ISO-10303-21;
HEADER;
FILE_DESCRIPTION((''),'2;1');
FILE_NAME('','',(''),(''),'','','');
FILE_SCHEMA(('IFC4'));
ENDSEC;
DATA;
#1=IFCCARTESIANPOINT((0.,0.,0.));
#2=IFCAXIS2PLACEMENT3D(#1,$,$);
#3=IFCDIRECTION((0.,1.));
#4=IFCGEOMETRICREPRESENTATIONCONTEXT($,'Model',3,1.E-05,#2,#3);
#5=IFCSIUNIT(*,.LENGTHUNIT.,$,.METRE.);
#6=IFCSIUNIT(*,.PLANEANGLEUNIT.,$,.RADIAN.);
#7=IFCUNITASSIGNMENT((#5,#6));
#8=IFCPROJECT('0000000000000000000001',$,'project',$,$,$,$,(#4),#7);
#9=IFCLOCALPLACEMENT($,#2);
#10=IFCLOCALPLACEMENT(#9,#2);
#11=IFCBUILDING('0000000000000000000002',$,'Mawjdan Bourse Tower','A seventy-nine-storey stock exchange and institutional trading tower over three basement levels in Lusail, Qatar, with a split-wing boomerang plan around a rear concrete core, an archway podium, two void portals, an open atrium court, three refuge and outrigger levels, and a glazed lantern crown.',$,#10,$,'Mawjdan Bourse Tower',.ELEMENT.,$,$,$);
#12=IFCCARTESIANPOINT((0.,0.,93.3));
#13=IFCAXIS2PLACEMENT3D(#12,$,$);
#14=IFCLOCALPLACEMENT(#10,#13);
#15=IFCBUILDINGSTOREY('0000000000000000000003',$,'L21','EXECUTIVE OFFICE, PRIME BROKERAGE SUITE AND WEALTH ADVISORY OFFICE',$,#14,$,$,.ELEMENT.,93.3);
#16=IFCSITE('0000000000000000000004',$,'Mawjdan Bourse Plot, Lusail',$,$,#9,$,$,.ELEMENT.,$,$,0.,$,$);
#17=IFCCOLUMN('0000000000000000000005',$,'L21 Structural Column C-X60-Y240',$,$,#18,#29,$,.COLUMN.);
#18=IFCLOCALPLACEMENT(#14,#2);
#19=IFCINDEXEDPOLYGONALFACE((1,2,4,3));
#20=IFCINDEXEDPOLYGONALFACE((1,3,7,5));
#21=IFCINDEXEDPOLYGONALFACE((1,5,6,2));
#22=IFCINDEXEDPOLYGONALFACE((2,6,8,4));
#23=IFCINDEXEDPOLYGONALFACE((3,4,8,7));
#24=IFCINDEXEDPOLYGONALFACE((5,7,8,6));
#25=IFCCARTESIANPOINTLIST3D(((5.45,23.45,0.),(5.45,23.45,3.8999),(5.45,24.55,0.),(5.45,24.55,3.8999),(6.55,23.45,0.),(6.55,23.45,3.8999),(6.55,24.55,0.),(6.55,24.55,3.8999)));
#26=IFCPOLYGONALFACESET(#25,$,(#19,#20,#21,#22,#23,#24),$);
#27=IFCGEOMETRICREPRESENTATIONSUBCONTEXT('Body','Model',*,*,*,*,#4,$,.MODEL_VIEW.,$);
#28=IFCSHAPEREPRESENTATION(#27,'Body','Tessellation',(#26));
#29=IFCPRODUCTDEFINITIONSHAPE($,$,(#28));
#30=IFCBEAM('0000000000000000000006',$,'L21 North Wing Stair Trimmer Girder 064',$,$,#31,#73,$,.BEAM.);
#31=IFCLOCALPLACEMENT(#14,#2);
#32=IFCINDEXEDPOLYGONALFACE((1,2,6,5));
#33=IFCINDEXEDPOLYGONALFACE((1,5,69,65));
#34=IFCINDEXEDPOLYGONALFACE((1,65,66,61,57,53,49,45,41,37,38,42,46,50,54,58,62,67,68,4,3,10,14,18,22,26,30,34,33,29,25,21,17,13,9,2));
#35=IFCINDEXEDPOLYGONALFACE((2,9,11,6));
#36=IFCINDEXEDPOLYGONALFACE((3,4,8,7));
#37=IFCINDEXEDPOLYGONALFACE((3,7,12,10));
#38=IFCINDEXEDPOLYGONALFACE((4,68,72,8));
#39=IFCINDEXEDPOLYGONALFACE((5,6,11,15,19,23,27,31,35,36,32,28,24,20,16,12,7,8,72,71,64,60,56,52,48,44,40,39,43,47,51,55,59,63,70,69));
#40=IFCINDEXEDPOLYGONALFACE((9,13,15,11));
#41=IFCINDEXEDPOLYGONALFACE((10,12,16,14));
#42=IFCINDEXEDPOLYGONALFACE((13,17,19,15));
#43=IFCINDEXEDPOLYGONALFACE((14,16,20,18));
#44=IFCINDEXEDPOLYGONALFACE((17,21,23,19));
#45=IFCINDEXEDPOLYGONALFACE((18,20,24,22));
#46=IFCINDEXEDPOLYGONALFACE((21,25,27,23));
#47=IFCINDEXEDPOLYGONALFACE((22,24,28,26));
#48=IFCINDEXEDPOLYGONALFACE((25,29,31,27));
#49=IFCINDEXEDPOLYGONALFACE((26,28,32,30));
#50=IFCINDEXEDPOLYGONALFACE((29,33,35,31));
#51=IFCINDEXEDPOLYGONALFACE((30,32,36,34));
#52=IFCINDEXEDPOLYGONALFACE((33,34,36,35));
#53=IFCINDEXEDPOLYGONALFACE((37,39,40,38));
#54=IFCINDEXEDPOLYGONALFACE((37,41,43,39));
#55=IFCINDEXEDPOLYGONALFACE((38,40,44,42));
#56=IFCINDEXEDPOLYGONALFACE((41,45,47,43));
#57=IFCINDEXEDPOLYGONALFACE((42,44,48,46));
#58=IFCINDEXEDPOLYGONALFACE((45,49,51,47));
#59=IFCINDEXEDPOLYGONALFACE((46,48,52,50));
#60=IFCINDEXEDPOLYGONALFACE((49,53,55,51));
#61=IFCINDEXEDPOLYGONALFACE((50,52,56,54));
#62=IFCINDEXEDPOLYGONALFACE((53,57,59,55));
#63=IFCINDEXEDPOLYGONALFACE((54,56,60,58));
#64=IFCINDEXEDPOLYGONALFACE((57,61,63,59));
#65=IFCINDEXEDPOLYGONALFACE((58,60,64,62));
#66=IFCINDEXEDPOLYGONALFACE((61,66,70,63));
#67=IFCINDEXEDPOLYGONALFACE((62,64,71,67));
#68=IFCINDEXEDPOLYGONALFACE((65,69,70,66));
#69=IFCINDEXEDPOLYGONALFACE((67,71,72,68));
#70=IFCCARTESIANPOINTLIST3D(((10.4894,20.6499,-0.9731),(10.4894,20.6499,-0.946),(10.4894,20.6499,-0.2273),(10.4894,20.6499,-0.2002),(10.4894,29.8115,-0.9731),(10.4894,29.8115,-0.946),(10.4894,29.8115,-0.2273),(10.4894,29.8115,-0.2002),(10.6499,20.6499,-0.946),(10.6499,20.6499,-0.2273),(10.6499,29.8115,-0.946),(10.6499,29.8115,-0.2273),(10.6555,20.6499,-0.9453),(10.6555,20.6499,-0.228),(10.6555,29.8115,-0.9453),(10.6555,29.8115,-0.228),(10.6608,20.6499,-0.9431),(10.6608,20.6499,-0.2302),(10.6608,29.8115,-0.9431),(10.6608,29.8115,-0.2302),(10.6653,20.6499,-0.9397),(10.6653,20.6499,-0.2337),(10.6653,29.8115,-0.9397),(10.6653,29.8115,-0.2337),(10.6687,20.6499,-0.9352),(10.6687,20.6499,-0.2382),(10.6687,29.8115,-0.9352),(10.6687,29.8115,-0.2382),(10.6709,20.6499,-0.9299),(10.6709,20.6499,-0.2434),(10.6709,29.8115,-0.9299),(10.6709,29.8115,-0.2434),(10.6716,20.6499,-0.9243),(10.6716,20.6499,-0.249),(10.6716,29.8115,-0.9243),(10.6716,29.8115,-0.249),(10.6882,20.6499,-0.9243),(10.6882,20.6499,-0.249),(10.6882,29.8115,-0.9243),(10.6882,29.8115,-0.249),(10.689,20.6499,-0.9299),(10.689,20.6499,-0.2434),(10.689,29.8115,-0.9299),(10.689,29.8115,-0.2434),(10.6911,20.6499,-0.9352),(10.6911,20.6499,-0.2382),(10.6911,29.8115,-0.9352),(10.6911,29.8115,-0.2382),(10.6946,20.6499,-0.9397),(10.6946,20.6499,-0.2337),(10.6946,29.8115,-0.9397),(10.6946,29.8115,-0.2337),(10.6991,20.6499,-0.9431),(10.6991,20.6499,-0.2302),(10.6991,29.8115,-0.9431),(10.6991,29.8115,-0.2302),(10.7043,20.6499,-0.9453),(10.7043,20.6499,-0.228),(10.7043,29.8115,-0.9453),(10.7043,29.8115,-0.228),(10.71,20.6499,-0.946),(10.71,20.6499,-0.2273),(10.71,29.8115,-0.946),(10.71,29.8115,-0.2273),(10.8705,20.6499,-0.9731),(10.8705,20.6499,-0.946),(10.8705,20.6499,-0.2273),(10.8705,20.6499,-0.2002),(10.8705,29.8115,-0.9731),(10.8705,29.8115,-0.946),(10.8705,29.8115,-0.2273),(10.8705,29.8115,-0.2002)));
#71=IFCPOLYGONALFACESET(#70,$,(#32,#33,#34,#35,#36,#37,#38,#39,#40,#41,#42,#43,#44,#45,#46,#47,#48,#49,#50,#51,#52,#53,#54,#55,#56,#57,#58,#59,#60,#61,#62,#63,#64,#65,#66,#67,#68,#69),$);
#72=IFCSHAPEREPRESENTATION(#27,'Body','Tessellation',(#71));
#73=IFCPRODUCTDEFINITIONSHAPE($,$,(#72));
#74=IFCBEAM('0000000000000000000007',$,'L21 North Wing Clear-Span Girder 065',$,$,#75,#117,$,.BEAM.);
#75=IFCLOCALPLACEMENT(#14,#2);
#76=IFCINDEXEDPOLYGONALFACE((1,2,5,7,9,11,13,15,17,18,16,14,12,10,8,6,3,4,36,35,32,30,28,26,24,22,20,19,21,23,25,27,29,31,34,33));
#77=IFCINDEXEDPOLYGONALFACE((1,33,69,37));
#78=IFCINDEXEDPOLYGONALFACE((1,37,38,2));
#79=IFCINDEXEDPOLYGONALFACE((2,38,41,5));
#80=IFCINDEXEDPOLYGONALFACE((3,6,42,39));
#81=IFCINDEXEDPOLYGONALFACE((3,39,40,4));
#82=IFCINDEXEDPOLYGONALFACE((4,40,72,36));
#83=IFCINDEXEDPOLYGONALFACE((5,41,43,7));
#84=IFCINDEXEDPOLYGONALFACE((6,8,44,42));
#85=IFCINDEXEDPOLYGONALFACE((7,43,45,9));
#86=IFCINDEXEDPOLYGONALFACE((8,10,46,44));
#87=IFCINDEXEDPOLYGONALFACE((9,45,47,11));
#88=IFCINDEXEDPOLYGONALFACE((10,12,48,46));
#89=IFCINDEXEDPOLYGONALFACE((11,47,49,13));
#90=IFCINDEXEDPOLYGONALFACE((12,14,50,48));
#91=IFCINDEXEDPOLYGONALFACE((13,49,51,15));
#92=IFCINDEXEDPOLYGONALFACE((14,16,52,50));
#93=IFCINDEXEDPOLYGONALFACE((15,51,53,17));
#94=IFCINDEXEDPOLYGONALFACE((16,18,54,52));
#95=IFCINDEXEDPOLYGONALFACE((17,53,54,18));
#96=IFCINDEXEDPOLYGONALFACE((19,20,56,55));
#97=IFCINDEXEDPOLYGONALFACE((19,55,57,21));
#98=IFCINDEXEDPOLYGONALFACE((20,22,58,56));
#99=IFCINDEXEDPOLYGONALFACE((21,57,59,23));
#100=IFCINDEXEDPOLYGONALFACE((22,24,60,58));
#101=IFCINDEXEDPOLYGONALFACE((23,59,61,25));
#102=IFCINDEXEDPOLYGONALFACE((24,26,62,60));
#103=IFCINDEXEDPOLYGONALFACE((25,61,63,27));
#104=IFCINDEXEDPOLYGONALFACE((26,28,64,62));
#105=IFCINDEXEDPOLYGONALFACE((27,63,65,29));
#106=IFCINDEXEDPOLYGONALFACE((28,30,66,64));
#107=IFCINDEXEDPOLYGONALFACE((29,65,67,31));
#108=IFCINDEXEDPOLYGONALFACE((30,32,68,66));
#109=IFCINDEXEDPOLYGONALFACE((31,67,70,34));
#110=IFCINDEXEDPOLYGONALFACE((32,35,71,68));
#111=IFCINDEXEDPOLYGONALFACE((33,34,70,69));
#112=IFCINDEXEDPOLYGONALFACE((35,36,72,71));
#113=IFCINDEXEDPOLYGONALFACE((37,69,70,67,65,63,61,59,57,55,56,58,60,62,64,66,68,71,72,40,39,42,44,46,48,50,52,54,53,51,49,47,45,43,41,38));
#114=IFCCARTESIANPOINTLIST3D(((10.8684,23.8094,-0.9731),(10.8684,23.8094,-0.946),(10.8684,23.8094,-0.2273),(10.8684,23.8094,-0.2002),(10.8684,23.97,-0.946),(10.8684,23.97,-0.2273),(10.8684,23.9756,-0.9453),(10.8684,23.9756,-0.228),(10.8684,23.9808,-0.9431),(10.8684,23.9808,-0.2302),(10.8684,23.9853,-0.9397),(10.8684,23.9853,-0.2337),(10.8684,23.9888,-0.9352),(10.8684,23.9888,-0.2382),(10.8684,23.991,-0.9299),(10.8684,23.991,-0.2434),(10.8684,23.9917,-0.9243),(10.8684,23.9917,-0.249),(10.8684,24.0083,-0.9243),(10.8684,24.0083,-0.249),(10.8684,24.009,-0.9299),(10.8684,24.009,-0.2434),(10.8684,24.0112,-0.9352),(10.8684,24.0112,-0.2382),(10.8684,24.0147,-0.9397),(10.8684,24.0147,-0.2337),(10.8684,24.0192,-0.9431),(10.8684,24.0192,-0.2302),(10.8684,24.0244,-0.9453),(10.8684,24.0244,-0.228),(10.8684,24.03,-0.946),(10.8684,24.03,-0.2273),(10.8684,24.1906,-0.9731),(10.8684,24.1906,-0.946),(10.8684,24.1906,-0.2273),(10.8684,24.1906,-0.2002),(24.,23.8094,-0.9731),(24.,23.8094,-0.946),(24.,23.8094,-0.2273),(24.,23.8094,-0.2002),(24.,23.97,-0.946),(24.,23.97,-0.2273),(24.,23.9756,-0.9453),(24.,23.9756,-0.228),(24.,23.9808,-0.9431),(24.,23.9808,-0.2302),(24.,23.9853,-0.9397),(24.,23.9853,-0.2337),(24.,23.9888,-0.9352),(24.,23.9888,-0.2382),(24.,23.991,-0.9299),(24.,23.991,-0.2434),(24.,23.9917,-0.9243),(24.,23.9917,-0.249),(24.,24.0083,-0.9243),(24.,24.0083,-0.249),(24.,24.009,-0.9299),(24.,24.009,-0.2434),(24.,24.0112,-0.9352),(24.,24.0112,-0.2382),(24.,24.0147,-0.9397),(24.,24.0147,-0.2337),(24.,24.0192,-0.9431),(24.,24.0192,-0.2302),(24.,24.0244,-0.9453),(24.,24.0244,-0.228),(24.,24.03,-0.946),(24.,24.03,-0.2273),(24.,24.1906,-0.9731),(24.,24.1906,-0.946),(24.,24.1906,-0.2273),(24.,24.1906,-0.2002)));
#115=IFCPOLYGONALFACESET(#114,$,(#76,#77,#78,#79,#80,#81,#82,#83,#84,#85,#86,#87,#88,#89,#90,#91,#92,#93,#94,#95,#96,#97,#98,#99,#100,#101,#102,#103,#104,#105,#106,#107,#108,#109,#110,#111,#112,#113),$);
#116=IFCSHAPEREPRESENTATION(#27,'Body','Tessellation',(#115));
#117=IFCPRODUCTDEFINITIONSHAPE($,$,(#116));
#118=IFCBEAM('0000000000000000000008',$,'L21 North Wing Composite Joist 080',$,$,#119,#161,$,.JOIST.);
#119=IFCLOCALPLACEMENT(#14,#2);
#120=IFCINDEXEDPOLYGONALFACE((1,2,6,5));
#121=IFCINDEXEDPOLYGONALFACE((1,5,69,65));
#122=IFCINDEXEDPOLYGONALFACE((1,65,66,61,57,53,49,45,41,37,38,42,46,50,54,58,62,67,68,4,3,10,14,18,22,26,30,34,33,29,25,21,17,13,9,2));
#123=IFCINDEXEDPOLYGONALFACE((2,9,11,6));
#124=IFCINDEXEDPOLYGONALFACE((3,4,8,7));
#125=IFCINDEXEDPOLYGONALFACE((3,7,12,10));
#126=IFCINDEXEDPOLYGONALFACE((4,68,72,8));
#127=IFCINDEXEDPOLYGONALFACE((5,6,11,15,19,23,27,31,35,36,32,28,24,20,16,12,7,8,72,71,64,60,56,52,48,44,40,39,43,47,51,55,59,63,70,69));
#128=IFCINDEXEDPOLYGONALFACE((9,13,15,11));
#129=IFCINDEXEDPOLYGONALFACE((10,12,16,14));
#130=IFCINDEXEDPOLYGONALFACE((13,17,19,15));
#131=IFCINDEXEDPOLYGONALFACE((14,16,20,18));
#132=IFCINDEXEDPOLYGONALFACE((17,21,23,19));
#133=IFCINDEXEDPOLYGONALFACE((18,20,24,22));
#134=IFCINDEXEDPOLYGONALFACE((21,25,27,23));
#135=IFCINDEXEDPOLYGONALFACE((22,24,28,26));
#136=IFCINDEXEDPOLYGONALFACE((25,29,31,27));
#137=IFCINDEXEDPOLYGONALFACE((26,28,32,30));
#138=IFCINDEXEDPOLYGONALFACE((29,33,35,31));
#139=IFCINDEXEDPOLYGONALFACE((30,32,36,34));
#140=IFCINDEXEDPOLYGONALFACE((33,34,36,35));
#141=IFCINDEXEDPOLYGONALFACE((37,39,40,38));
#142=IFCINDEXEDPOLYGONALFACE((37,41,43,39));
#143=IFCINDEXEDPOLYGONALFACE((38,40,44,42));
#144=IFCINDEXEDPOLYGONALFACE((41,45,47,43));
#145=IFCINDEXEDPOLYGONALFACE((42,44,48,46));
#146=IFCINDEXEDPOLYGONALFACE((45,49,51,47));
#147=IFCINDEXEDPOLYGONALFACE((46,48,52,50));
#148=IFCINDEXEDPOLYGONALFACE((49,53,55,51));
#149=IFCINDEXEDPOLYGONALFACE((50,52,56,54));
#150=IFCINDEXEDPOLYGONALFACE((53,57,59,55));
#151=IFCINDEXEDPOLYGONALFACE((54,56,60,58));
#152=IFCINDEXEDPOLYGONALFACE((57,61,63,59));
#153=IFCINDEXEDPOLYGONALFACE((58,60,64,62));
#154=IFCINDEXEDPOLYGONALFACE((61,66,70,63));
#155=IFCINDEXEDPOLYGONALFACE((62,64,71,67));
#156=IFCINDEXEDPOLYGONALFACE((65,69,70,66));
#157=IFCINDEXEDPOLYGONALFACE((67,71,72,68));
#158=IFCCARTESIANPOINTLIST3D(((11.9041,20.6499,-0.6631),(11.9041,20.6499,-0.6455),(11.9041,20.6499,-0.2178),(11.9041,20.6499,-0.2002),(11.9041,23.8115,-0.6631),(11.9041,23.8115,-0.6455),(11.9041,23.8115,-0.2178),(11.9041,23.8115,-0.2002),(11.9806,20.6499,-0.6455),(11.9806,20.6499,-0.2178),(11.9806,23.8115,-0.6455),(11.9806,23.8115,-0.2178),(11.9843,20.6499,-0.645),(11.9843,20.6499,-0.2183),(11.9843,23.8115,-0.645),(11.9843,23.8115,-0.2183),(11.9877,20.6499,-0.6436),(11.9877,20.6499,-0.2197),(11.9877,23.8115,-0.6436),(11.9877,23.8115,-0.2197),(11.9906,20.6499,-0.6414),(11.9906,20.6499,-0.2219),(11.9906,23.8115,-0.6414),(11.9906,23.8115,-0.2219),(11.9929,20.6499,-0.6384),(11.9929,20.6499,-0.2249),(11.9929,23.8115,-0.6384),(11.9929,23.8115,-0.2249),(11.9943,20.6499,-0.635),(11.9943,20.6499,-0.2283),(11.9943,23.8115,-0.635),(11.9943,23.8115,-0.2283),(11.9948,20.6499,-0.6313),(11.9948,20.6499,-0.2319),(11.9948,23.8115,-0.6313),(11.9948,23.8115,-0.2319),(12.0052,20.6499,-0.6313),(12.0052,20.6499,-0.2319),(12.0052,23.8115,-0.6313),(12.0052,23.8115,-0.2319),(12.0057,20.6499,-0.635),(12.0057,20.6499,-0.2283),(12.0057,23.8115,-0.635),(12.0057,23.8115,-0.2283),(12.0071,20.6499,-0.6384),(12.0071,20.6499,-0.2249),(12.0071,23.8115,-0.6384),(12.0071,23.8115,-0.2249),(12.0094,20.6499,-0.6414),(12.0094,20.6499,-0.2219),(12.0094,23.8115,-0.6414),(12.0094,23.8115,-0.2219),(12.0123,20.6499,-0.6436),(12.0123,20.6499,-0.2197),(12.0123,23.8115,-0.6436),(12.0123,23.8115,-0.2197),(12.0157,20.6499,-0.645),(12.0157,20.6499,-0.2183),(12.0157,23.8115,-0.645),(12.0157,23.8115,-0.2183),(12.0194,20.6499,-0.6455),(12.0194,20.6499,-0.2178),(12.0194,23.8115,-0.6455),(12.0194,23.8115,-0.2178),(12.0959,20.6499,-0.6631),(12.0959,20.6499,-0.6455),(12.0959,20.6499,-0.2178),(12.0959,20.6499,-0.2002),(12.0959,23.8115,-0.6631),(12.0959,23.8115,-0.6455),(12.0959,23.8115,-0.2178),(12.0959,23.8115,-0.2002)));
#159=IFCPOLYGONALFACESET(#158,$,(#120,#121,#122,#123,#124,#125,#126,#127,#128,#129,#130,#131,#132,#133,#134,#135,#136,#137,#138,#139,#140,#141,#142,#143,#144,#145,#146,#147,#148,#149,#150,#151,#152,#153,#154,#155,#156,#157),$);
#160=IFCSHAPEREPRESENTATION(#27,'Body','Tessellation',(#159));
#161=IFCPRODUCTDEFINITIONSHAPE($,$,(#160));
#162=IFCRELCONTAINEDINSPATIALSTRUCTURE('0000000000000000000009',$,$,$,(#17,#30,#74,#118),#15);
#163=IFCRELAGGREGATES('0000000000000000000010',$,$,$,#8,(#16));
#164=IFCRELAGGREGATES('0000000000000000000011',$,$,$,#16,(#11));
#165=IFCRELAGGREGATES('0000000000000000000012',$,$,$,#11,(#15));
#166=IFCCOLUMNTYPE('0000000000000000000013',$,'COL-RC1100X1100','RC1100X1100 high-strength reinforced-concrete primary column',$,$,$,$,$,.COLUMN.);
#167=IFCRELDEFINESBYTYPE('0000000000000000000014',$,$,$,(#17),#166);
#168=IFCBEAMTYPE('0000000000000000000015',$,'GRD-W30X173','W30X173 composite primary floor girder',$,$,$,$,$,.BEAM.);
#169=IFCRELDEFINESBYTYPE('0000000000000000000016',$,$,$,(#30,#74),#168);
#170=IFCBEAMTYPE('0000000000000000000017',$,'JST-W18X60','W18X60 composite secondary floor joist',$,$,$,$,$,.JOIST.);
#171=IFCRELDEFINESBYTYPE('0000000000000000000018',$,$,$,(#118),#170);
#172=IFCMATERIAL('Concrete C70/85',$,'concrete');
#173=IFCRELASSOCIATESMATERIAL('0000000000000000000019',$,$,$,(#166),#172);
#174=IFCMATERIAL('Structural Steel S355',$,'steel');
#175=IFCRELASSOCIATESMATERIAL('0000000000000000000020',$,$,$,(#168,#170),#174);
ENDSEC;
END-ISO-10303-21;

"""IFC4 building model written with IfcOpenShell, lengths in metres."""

from ifc_helpers import new_model, si_unit, direction, frame, origin, origin_2d, place, context, subcontext, project, spatial, rectangle, i_section, extrude, material, material_profile, profile_set, type_object, element, save


model = new_model("IFC4")

# Units and contexts
model_context = context("Model", 3, precision=1e-05, world=origin(), true_north=direction((0.0, 1.0)))
body_context = subcontext(model_context, "Body", "Model", "MODEL_VIEW")
ifc_project = project(units=[si_unit("LENGTHUNIT", "METRE"), si_unit("PLANEANGLEUNIT", "RADIAN")], contexts=[model_context])

# Site, building, storey
site_placement = place(None, origin())
site = spatial("IfcSite", under=ifc_project, at=site_placement, Name="Mawjdan Bourse Plot, Lusail", CompositionType="ELEMENT", RefElevation=0.0)
building_placement = place(site_placement, origin())
building = spatial("IfcBuilding", under=site, at=building_placement, Name="Mawjdan Bourse Tower", Description="A seventy-nine-storey stock exchange and institutional trading tower over three basement levels in Lusail, Qatar, with a split-wing boomerang plan around a rear concrete core, an archway podium, two void portals, an open atrium court, three refuge and outrigger levels, and a glazed lantern crown.", LongName="Mawjdan Bourse Tower", CompositionType="ELEMENT")
storey_placement = place(building_placement, frame((0.0, 0.0, 93.3)))
storey = spatial("IfcBuildingStorey", under=building, at=storey_placement, Name="L21", Description="EXECUTIVE OFFICE, PRIME BROKERAGE SUITE AND WEALTH ADVISORY OFFICE", CompositionType="ELEMENT", Elevation=93.3)

# Column
ifc_material_1 = material(Name="Concrete C70/85", Category="concrete")
ifc_material_profile_1 = material_profile(ifc_material_1, rectangle(XDim=1.1001, YDim=1.1001, at=origin_2d()), Name="RC1100X1100")
ifc_profile_set_1 = profile_set([ifc_material_profile_1], Name="Concrete C70/85")
column_type = type_object("IfcColumnType", Name="COL-RC1100X1100", Description="RC1100X1100 high-strength reinforced-concrete primary column", PredefinedType="COLUMN", material=ifc_profile_set_1)
column_placement = place(storey_placement, frame((6.0, 24.0, 0.0), z_axis=(0.0, 0.0, 1.0), x_axis=(1.0, 0.0, 0.0)))
element("IfcColumn", 1, at=column_placement, inside=storey, type_object=column_type, Name="L21 Structural Column C-X60-Y240", PredefinedType="COLUMN", context=body_context, shape_type="SweptSolid", body=[
    extrude(rectangle(XDim=1.1001, YDim=1.1001, at=origin_2d()), origin(), (0.0, 0.0, 1.0), 3.8999),
])

# Beams
ifc_material_2 = material(Name="Structural Steel S355", Category="steel")
ifc_material_profile_2 = material_profile(ifc_material_2, i_section(OverallWidth=0.3811, OverallDepth=0.7729, WebThickness=0.0166, FlangeThickness=0.0271, FilletRadius=0.0217, at=origin_2d()), Name="W30X173")
ifc_profile_set_2 = profile_set([ifc_material_profile_2], Name="Structural Steel S355")
beam_type_1 = type_object("IfcBeamType", Name="GRD-W30X173", Description="W30X173 composite primary floor girder", PredefinedType="BEAM", material=ifc_profile_set_2)
beam_1_placement = place(storey_placement, frame((10.6799, 20.6499, -0.5867), z_axis=(0.0, 1.0, 0.0), x_axis=(-1.0, 0.0, 0.0)))
element("IfcBeam", 2, at=beam_1_placement, inside=storey, type_object=beam_type_1, Name="L21 North Wing Stair Trimmer Girder 064", PredefinedType="BEAM", context=body_context, shape_type="SweptSolid", body=[
    extrude(i_section(OverallWidth=0.3811, OverallDepth=0.7729, WebThickness=0.0166, FlangeThickness=0.0271, FilletRadius=0.0217, at=origin_2d()), origin(), (0.0, 0.0, 1.0), 9.1616),
])
beam_2_placement = place(storey_placement, frame((10.8684, 24.0, -0.5867), z_axis=(1.0, 0.0, 0.0), x_axis=(0.0, 1.0, 0.0)))
element("IfcBeam", 3, at=beam_2_placement, inside=storey, type_object=beam_type_1, Name="L21 North Wing Clear-Span Girder 065", PredefinedType="BEAM", context=body_context, shape_type="SweptSolid", body=[
    extrude(i_section(OverallWidth=0.3811, OverallDepth=0.7729, WebThickness=0.0166, FlangeThickness=0.0271, FilletRadius=0.0217, at=origin_2d()), origin(), (0.0, 0.0, 1.0), 13.1316),
])
ifc_material_profile_3 = material_profile(ifc_material_2, i_section(OverallWidth=0.1919, OverallDepth=0.4629, WebThickness=0.0105, FlangeThickness=0.0176, FilletRadius=0.0142, at=origin_2d()), Name="W18X60")
ifc_profile_set_3 = profile_set([ifc_material_profile_3], Name="Structural Steel S355")
beam_type_2 = type_object("IfcBeamType", Name="JST-W18X60", Description="W18X60 composite secondary floor joist", PredefinedType="JOIST", material=ifc_profile_set_3)
beam_3_placement = place(storey_placement, frame((12.0, 20.6499, -0.4316), z_axis=(0.0, 1.0, 0.0), x_axis=(-1.0, 0.0, 0.0)))
element("IfcBeam", 4, at=beam_3_placement, inside=storey, type_object=beam_type_2, Name="L21 North Wing Composite Joist 080", PredefinedType="JOIST", context=body_context, shape_type="SweptSolid", body=[
    extrude(i_section(OverallWidth=0.1919, OverallDepth=0.4629, WebThickness=0.0105, FlangeThickness=0.0176, FilletRadius=0.0142, at=origin_2d()), origin(), (0.0, 0.0, 1.0), 3.1616),
])

save(model, "model.ifc")
